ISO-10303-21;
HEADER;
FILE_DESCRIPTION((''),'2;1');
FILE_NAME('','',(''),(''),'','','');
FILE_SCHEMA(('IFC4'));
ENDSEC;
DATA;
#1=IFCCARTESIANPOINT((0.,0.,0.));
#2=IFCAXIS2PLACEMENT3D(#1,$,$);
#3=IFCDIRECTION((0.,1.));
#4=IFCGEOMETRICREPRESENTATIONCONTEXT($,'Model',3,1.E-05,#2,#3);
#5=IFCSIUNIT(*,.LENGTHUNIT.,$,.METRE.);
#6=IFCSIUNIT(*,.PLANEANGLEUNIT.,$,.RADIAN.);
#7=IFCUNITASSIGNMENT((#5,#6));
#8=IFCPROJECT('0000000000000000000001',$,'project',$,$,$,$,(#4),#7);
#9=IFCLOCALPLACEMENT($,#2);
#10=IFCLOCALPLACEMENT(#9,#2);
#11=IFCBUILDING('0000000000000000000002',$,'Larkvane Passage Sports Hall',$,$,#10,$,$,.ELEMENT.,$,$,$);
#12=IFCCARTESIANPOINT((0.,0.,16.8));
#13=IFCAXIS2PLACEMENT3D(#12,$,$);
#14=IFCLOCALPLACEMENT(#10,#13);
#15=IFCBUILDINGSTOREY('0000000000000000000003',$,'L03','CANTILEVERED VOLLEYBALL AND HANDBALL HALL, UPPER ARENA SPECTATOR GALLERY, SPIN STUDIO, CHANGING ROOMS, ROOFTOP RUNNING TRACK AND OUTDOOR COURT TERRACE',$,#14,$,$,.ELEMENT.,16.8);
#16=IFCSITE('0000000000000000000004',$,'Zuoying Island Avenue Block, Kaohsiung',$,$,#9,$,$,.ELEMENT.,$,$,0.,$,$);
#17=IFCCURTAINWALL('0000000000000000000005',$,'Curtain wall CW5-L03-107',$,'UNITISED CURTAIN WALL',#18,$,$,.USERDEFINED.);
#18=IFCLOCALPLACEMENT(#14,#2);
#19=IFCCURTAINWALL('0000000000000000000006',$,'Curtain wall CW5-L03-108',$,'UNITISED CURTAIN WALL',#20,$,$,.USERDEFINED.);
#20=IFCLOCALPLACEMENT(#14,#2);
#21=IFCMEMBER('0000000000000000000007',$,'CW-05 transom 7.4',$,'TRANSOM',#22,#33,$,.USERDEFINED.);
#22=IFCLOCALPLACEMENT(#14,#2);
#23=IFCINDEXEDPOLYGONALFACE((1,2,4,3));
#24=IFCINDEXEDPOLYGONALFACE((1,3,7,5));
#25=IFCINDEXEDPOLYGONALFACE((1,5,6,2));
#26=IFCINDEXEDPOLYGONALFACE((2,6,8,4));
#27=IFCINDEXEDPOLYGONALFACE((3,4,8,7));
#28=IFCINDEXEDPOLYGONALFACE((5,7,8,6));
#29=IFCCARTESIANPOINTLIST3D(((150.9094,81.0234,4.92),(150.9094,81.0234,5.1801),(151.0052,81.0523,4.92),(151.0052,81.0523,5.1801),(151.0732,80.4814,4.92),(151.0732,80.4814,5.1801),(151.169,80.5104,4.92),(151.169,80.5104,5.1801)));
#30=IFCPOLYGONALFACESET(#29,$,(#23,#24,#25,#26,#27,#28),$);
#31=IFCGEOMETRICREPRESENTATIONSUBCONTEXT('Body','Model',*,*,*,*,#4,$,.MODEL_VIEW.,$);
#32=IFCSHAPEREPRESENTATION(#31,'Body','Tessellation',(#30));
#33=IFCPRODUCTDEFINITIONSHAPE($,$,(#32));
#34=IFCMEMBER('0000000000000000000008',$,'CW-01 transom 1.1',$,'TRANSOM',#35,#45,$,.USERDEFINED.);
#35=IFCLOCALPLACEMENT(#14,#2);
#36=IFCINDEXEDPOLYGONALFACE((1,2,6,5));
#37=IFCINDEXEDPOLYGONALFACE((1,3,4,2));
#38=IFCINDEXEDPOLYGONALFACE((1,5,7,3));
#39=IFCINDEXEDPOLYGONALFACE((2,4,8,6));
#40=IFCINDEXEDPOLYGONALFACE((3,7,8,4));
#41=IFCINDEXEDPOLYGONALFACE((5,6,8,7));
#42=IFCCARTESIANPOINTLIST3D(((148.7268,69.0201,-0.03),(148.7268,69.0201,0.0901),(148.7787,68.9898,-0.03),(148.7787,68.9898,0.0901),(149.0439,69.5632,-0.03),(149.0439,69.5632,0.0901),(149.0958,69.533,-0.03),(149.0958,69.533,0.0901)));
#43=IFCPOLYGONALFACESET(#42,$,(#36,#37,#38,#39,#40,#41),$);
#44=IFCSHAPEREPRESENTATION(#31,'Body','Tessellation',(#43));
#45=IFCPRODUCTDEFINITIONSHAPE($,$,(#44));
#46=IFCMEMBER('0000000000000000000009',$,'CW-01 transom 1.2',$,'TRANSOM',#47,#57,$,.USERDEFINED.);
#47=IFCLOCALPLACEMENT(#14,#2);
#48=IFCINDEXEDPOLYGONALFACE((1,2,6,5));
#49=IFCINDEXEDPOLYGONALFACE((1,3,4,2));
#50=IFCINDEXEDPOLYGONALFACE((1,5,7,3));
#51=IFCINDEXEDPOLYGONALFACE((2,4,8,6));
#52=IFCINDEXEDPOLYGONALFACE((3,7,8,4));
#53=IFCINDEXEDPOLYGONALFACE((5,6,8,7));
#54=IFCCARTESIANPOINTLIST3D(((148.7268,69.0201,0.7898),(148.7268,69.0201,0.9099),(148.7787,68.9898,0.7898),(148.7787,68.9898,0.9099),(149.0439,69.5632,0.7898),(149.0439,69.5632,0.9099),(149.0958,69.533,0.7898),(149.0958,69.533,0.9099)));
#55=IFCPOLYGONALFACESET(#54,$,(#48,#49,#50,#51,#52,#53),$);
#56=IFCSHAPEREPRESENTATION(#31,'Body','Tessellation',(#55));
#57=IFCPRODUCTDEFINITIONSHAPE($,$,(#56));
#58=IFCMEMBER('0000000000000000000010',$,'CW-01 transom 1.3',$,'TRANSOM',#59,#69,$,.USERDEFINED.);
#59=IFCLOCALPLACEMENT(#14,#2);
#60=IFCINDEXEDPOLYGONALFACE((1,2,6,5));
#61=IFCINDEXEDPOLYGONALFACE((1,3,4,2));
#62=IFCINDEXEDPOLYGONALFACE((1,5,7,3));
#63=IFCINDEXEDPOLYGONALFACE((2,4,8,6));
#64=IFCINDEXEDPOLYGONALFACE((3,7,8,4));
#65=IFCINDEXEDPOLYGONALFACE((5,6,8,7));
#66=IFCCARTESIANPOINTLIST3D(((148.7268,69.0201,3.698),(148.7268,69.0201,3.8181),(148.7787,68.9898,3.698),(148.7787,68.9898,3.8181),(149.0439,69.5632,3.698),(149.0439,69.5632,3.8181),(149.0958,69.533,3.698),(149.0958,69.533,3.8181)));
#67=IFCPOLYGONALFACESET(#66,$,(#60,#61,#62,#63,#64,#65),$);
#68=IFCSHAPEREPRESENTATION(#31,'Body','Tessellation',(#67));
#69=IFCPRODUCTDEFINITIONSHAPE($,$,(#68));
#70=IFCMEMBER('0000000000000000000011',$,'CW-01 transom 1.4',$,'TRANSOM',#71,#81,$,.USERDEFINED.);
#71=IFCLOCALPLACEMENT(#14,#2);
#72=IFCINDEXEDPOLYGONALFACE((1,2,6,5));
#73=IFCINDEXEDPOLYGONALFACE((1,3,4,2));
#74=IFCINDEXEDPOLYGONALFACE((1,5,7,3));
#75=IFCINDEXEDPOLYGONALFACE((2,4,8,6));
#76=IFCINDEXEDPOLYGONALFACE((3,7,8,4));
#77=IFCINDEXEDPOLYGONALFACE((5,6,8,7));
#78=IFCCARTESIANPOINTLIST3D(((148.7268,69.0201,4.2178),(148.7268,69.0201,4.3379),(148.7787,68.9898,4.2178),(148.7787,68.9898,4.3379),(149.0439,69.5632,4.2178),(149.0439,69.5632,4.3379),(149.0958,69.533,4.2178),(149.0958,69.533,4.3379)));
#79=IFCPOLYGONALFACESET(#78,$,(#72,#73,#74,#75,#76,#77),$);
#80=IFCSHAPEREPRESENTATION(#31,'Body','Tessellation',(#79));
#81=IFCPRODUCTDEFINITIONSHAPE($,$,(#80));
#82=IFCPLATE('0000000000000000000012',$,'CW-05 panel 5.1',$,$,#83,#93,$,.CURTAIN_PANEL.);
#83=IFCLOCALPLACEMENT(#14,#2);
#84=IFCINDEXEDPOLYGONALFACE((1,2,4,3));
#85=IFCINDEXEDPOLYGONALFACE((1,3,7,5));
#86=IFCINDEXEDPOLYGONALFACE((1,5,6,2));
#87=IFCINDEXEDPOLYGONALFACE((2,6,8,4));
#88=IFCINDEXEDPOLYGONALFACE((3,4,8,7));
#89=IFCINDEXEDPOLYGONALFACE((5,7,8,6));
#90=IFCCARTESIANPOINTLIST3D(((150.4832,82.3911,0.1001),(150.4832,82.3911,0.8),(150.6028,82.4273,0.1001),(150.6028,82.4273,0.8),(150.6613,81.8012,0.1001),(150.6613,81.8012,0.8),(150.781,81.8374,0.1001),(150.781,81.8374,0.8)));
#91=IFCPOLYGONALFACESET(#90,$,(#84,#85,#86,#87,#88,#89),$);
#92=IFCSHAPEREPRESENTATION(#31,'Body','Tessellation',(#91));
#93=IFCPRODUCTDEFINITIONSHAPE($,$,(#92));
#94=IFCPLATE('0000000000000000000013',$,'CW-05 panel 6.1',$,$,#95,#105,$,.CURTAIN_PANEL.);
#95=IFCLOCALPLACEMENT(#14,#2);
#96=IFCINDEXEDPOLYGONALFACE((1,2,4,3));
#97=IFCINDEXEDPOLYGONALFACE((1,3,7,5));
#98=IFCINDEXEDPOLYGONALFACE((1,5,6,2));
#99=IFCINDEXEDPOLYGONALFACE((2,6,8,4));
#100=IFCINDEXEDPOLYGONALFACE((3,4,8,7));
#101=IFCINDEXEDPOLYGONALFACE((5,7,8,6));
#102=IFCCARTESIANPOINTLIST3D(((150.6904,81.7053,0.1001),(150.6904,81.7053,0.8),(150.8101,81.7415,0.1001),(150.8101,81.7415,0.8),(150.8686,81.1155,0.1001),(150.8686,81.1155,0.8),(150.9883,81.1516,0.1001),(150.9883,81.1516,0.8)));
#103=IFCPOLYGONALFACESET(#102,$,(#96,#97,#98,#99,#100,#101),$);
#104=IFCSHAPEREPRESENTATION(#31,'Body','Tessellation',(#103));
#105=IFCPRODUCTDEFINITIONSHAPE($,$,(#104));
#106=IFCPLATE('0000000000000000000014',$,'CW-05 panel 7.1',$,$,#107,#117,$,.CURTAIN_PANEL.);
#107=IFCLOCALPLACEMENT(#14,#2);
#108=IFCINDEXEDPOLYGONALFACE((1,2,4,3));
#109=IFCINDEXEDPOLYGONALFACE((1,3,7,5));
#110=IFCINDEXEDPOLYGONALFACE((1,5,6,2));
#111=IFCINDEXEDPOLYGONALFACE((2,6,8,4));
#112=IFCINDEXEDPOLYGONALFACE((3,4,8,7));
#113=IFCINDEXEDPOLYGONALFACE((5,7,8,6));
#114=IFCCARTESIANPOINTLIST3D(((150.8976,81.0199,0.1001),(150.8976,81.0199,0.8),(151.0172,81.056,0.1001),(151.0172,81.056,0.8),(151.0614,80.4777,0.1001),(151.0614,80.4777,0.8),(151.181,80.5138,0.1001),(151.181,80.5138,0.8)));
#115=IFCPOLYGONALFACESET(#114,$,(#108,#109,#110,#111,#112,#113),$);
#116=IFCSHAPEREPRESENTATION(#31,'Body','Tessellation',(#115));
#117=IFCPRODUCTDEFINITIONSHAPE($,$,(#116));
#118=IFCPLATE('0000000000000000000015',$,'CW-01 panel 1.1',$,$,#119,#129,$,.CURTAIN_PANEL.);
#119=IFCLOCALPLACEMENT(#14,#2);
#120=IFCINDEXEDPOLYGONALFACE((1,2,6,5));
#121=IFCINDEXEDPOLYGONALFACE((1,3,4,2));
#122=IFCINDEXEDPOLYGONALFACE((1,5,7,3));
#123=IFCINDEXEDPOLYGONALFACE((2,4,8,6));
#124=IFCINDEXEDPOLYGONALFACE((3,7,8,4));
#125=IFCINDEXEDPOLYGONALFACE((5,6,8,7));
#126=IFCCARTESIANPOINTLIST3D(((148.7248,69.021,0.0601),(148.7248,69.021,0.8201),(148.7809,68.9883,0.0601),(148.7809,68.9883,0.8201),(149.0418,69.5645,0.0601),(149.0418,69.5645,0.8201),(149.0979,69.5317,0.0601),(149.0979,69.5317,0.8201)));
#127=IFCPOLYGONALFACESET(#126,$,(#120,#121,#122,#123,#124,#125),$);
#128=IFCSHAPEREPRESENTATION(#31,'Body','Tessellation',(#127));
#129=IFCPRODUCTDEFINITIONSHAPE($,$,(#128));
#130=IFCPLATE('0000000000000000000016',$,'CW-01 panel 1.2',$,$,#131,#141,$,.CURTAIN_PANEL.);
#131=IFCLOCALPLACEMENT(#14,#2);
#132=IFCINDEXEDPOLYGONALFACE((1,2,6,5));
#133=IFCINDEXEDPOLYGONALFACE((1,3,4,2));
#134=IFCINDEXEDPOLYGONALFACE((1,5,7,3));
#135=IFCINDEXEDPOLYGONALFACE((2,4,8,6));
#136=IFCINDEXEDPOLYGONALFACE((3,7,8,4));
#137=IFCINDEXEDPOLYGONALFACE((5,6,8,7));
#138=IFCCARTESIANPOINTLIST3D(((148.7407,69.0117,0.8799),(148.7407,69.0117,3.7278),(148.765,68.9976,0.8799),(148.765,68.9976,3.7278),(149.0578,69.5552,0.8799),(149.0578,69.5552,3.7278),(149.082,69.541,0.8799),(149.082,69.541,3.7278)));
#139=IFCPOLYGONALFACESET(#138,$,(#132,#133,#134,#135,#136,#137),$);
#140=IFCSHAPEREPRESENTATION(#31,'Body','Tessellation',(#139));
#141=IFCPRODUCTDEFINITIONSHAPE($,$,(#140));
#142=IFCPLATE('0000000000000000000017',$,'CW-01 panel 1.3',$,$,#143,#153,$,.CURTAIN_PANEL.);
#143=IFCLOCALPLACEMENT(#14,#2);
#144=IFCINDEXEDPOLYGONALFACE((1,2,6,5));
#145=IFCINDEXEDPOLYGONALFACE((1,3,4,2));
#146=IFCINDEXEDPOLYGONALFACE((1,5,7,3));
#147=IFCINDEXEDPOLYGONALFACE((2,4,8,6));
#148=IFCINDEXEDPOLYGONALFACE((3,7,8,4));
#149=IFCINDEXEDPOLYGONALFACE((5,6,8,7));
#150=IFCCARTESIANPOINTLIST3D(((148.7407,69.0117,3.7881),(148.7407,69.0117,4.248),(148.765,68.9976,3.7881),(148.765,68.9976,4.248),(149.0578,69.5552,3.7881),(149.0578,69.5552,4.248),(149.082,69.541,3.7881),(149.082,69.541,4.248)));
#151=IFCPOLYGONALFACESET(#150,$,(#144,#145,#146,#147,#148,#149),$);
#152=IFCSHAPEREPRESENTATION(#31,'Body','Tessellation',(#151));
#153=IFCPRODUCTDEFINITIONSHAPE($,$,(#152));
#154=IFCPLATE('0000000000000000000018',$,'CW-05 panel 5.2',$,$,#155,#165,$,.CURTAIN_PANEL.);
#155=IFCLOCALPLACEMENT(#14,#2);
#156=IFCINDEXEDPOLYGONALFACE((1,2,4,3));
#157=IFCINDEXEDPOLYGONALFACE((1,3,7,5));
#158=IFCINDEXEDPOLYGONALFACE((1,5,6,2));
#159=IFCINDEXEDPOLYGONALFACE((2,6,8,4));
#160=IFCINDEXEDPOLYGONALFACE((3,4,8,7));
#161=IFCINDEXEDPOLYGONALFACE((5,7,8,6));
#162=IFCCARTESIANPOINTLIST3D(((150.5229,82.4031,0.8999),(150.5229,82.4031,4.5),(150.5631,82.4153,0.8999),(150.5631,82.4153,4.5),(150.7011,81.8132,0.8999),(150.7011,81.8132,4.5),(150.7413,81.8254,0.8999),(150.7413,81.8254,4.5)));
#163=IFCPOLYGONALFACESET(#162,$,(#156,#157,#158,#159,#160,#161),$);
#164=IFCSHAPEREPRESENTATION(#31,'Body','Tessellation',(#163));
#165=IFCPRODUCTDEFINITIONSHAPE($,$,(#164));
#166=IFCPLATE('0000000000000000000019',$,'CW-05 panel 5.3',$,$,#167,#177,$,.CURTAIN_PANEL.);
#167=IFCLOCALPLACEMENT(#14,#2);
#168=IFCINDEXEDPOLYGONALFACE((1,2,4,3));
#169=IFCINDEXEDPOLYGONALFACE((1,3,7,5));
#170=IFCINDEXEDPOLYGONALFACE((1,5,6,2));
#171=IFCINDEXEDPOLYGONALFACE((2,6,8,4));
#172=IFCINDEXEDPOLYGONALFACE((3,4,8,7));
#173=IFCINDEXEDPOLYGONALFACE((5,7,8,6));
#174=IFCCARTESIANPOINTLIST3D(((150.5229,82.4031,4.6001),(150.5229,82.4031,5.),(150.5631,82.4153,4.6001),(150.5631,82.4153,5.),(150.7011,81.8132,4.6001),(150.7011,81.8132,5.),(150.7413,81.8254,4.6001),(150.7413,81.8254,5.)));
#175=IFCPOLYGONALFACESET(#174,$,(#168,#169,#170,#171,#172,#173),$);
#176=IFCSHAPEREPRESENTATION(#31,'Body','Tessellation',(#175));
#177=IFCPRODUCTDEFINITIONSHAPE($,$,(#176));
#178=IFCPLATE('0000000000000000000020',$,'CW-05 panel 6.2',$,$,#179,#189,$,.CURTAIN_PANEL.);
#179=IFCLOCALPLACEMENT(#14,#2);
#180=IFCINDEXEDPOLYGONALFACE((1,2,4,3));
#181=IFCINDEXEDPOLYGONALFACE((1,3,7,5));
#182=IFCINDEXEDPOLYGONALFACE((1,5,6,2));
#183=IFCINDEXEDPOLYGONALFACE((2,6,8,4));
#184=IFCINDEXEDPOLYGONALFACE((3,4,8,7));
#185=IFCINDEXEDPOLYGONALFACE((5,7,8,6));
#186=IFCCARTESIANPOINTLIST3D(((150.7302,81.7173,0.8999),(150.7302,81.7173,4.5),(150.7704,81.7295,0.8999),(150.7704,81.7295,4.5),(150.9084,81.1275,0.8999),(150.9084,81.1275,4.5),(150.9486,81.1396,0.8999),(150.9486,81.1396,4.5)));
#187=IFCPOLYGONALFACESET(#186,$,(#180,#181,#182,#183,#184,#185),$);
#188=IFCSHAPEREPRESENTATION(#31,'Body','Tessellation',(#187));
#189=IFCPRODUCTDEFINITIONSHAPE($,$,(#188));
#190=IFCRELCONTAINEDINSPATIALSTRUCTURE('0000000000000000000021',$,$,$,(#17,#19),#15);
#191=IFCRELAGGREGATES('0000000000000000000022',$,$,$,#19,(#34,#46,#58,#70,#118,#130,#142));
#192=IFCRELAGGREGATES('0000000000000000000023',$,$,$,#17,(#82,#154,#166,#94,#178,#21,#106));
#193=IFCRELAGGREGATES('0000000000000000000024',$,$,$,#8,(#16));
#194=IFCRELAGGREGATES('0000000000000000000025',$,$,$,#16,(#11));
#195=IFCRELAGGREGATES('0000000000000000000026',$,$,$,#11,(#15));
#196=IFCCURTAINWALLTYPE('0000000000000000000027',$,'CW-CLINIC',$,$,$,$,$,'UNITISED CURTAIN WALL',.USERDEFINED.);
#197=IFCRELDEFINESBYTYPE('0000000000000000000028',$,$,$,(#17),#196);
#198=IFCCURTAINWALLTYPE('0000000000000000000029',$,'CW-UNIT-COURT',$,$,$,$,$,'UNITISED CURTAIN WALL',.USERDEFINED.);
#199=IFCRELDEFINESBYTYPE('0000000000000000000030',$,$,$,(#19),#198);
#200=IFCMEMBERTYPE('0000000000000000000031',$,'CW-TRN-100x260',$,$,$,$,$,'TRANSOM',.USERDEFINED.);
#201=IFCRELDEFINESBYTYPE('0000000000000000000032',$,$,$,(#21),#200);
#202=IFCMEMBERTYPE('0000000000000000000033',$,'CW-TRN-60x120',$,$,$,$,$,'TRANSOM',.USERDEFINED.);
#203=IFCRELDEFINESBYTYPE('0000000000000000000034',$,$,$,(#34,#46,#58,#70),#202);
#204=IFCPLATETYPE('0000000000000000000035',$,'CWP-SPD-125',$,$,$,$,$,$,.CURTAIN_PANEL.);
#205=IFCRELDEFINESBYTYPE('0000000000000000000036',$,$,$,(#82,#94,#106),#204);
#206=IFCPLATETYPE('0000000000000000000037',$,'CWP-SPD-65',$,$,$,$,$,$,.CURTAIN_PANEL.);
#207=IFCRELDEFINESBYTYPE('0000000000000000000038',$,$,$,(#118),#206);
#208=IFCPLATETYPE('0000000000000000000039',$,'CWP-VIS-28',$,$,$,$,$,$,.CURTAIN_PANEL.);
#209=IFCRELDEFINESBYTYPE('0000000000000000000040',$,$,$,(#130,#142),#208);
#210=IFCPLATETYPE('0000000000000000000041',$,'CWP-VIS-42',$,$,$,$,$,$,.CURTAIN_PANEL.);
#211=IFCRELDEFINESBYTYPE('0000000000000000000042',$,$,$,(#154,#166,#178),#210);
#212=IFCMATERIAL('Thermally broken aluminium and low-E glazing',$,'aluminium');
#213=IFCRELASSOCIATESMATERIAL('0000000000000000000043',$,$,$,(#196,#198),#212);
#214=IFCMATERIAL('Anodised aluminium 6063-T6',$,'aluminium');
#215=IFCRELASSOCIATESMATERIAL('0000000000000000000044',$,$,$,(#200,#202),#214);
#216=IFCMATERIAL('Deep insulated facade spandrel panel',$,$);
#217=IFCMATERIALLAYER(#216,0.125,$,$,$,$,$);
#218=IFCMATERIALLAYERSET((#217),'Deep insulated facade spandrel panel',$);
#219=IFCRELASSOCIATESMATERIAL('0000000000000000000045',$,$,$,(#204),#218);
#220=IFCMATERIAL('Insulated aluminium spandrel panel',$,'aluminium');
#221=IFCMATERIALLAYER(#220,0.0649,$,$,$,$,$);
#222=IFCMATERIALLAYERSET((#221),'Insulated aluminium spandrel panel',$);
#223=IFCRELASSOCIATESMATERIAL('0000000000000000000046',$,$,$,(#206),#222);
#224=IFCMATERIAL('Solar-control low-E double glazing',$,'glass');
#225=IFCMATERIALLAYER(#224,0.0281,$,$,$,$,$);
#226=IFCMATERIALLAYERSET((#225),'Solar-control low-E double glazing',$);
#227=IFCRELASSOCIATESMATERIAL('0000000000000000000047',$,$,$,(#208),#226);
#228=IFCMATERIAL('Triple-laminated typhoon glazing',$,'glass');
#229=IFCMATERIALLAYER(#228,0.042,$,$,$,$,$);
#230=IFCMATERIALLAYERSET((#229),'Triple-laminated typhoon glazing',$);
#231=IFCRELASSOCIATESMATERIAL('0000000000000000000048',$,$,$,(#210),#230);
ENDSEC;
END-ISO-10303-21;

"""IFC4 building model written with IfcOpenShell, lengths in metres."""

from ifc_helpers import new_model, si_unit, direction, frame, origin, origin_2d, place, context, subcontext, project, spatial, rectangle, extrude, material, layer, layer_set, material_profile, profile_set, type_object, element, aggregate, save


model = new_model("IFC4")

# Units and contexts
model_context = context("Model", 3, precision=1e-05, world=origin(), true_north=direction((0.0, 1.0)))
body_context = subcontext(model_context, "Body", "Model", "MODEL_VIEW")
ifc_project = project(units=[si_unit("LENGTHUNIT", "METRE"), si_unit("PLANEANGLEUNIT", "RADIAN")], contexts=[model_context])

# Site, building, storey
site_placement = place(None, origin())
site = spatial("IfcSite", under=ifc_project, at=site_placement, Name="Zuoying Island Avenue Block, Kaohsiung", CompositionType="ELEMENT", RefElevation=0.0)
building_placement = place(site_placement, origin())
building = spatial("IfcBuilding", under=site, at=building_placement, Name="Larkvane Passage Sports Hall", CompositionType="ELEMENT")
storey_placement = place(building_placement, frame((0.0, 0.0, 16.8)))
storey = spatial("IfcBuildingStorey", under=building, at=storey_placement, Name="L03", Description="CANTILEVERED VOLLEYBALL AND HANDBALL HALL, UPPER ARENA SPECTATOR GALLERY, SPIN STUDIO, CHANGING ROOMS, ROOFTOP RUNNING TRACK AND OUTDOOR COURT TERRACE", CompositionType="ELEMENT", Elevation=16.8)

# Curtain wall
ifc_material_1 = material(Name="Thermally broken aluminium and low-E glazing", Category="aluminium")
curtain_wall_type_1 = type_object("IfcCurtainWallType", Name="CW-CLINIC", ElementType="UNITISED CURTAIN WALL", PredefinedType="USERDEFINED", material=ifc_material_1)
curtain_wall_1_placement = place(storey_placement, origin())
curtain_wall_1 = element("IfcCurtainWall", 1, at=curtain_wall_1_placement, inside=storey, type_object=curtain_wall_type_1, Name="Curtain wall CW5-L03-107", ObjectType="UNITISED CURTAIN WALL", PredefinedType="USERDEFINED")
ifc_material_2 = material(Name="Anodised aluminium 6063-T6", Category="aluminium")

# Curtain wall
curtain_wall_type_2 = type_object("IfcCurtainWallType", Name="CW-UNIT-COURT", ElementType="UNITISED CURTAIN WALL", PredefinedType="USERDEFINED", material=ifc_material_1)
curtain_wall_2_placement = place(storey_placement, origin())
curtain_wall_2 = element("IfcCurtainWall", 2, at=curtain_wall_2_placement, inside=storey, type_object=curtain_wall_type_2, Name="Curtain wall CW5-L03-108", ObjectType="UNITISED CURTAIN WALL", PredefinedType="USERDEFINED")

# Members
ifc_material_profile_1 = material_profile(ifc_material_2, rectangle(XDim=0.1001, YDim=0.26, at=origin_2d()), Name="ALU-TRN-100x260")
ifc_profile_set_1 = profile_set([ifc_material_profile_1], Name="Anodised aluminium 6063-T6")
member_type_1 = type_object("IfcMemberType", Name="CW-TRN-100x260", ElementType="TRANSOM", PredefinedType="USERDEFINED", material=ifc_profile_set_1)
member_1_placement = place(storey_placement, frame((150.9573, 81.0378, 5.05), z_axis=(0.289325, -0.957231, 0.0), x_axis=(0.957231, 0.289325, 0.0)))
member_1 = element("IfcMember", 3, at=member_1_placement, type_object=member_type_1, Name="CW-05 transom 7.4", ObjectType="TRANSOM", PredefinedType="USERDEFINED", context=body_context, shape_type="SweptSolid", body=[
    extrude(rectangle(XDim=0.1001, YDim=0.26, at=origin_2d()), origin(), (0.0, 0.0, 1.0), 0.5662),
])
ifc_material_profile_2 = material_profile(ifc_material_2, rectangle(XDim=0.0601, YDim=0.1201, at=origin_2d()), Name="ALU-TRN-60x120")
ifc_profile_set_2 = profile_set([ifc_material_profile_2], Name="Anodised aluminium 6063-T6")
member_type_2 = type_object("IfcMemberType", Name="CW-TRN-60x120", ElementType="TRANSOM", PredefinedType="USERDEFINED", material=ifc_profile_set_2)
member_2_placement = place(storey_placement, frame((149.0698, 69.5481, 0.03), z_axis=(-0.504185, -0.863596, 0.0), x_axis=(0.863596, -0.504185, 0.0)))
member_2 = element("IfcMember", 4, at=member_2_placement, type_object=member_type_2, Name="CW-01 transom 1.1", ObjectType="TRANSOM", PredefinedType="USERDEFINED", context=body_context, shape_type="SweptSolid", body=[
    extrude(rectangle(XDim=0.0601, YDim=0.1201, at=origin_2d()), origin(), (0.0, 0.0, 1.0), 0.6289),
])
member_3_placement = place(storey_placement, frame((149.0698, 69.5481, 0.8499), z_axis=(-0.504185, -0.863596, 0.0), x_axis=(0.863596, -0.504185, 0.0)))
member_3 = element("IfcMember", 5, at=member_3_placement, type_object=member_type_2, Name="CW-01 transom 1.2", ObjectType="TRANSOM", PredefinedType="USERDEFINED", context=body_context, shape_type="SweptSolid", body=[
    extrude(rectangle(XDim=0.0601, YDim=0.1201, at=origin_2d()), origin(), (0.0, 0.0, 1.0), 0.6289),
])
member_4_placement = place(storey_placement, frame((149.0698, 69.5481, 3.7581), z_axis=(-0.504185, -0.863596, 0.0), x_axis=(0.863596, -0.504185, 0.0)))
member_4 = element("IfcMember", 6, at=member_4_placement, type_object=member_type_2, Name="CW-01 transom 1.3", ObjectType="TRANSOM", PredefinedType="USERDEFINED", context=body_context, shape_type="SweptSolid", body=[
    extrude(rectangle(XDim=0.0601, YDim=0.1201, at=origin_2d()), origin(), (0.0, 0.0, 1.0), 0.6289),
])
member_5_placement = place(storey_placement, frame((149.0698, 69.5481, 4.2778), z_axis=(-0.504185, -0.863596, 0.0), x_axis=(0.863596, -0.504185, 0.0)))
member_5 = element("IfcMember", 7, at=member_5_placement, type_object=member_type_2, Name="CW-01 transom 1.4", ObjectType="TRANSOM", PredefinedType="USERDEFINED", context=body_context, shape_type="SweptSolid", body=[
    extrude(rectangle(XDim=0.0601, YDim=0.1201, at=origin_2d()), origin(), (0.0, 0.0, 1.0), 0.6289),
])

# Plates
ifc_material_3 = material(Name="Deep insulated facade spandrel panel")
ifc_layer_1 = layer(ifc_material_3, 0.125)
ifc_layer_set_1 = layer_set([ifc_layer_1], Name="Deep insulated facade spandrel panel")
plate_type_1 = type_object("IfcPlateType", Name="CWP-SPD-125", PredefinedType="CURTAIN_PANEL", material=ifc_layer_set_1)
plate_1_placement = place(storey_placement, frame((150.6321, 82.1143, 0.1001), z_axis=(0.0, 0.0, 1.0), x_axis=(0.289177, -0.957276, 0.0)))
plate_1 = element("IfcPlate", 8, at=plate_1_placement, type_object=plate_type_1, Name="CW-05 panel 5.1", PredefinedType="CURTAIN_PANEL", context=body_context, shape_type="SweptSolid", body=[
    extrude(rectangle(XDim=0.6162, YDim=0.125, at=origin_2d()), origin(), (0.0, 0.0, 1.0), 0.7),
])
plate_2_placement = place(storey_placement, frame((150.8394, 81.4285, 0.1001), z_axis=(0.0, 0.0, 1.0), x_axis=(0.289177, -0.957276, 0.0)))
plate_2 = element("IfcPlate", 9, at=plate_2_placement, type_object=plate_type_1, Name="CW-05 panel 6.1", PredefinedType="CURTAIN_PANEL", context=body_context, shape_type="SweptSolid", body=[
    extrude(rectangle(XDim=0.6162, YDim=0.125, at=origin_2d()), origin(), (0.0, 0.0, 1.0), 0.7),
])
plate_3_placement = place(storey_placement, frame((151.0393, 80.7668, 0.1001), z_axis=(0.0, 0.0, 1.0), x_axis=(0.289177, -0.957276, 0.0)))
plate_3 = element("IfcPlate", 10, at=plate_3_placement, type_object=plate_type_1, Name="CW-05 panel 7.1", PredefinedType="CURTAIN_PANEL", context=body_context, shape_type="SweptSolid", body=[
    extrude(rectangle(XDim=0.5664, YDim=0.125, at=origin_2d()), origin(), (0.0, 0.0, 1.0), 0.7),
])
ifc_material_4 = material(Name="Insulated aluminium spandrel panel", Category="aluminium")
ifc_layer_2 = layer(ifc_material_4, 0.0649)
ifc_layer_set_2 = layer_set([ifc_layer_2], Name="Insulated aluminium spandrel panel")
plate_type_2 = type_object("IfcPlateType", Name="CWP-SPD-65", PredefinedType="CURTAIN_PANEL", material=ifc_layer_set_2)
plate_4_placement = place(storey_placement, frame((148.9114, 69.2764, 0.0601), z_axis=(0.0, 0.0, 1.0), x_axis=(-0.503867, -0.863781, 0.0)))
plate_4 = element("IfcPlate", 11, at=plate_4_placement, type_object=plate_type_2, Name="CW-01 panel 1.1", PredefinedType="CURTAIN_PANEL", context=body_context, shape_type="SweptSolid", body=[
    extrude(rectangle(XDim=0.6292, YDim=0.0649, at=origin_2d()), origin(), (0.0, 0.0, 1.0), 0.76),
])
ifc_material_5 = material(Name="Solar-control low-E double glazing", Category="glass")
ifc_layer_3 = layer(ifc_material_5, 0.0281)
ifc_layer_set_3 = layer_set([ifc_layer_3], Name="Solar-control low-E double glazing")
plate_type_3 = type_object("IfcPlateType", Name="CWP-VIS-28", PredefinedType="CURTAIN_PANEL", material=ifc_layer_set_3)
plate_5_placement = place(storey_placement, frame((148.9114, 69.2764, 0.8799), z_axis=(0.0, 0.0, 1.0), x_axis=(-0.503867, -0.863781, 0.0)))
plate_5 = element("IfcPlate", 12, at=plate_5_placement, type_object=plate_type_3, Name="CW-01 panel 1.2", PredefinedType="CURTAIN_PANEL", context=body_context, shape_type="SweptSolid", body=[
    extrude(rectangle(XDim=0.6292, YDim=0.0281, at=origin_2d()), origin(), (0.0, 0.0, 1.0), 2.8479),
])
plate_6_placement = place(storey_placement, frame((148.9114, 69.2764, 3.7881), z_axis=(0.0, 0.0, 1.0), x_axis=(-0.503867, -0.863781, 0.0)))
plate_6 = element("IfcPlate", 13, at=plate_6_placement, type_object=plate_type_3, Name="CW-01 panel 1.3", PredefinedType="CURTAIN_PANEL", context=body_context, shape_type="SweptSolid", body=[
    extrude(rectangle(XDim=0.6292, YDim=0.0281, at=origin_2d()), origin(), (0.0, 0.0, 1.0), 0.46),
])
aggregate(curtain_wall_2, [member_2, member_3, member_4, member_5, plate_4, plate_5, plate_6])
ifc_material_6 = material(Name="Triple-laminated typhoon glazing", Category="glass")
ifc_layer_4 = layer(ifc_material_6, 0.042)
ifc_layer_set_4 = layer_set([ifc_layer_4], Name="Triple-laminated typhoon glazing")
plate_type_4 = type_object("IfcPlateType", Name="CWP-VIS-42", PredefinedType="CURTAIN_PANEL", material=ifc_layer_set_4)
plate_7_placement = place(storey_placement, frame((150.6321, 82.1143, 0.8999), z_axis=(0.0, 0.0, 1.0), x_axis=(0.289177, -0.957276, 0.0)))
plate_7 = element("IfcPlate", 14, at=plate_7_placement, type_object=plate_type_4, Name="CW-05 panel 5.2", PredefinedType="CURTAIN_PANEL", context=body_context, shape_type="SweptSolid", body=[
    extrude(rectangle(XDim=0.6162, YDim=0.042, at=origin_2d()), origin(), (0.0, 0.0, 1.0), 3.6001),
])
plate_8_placement = place(storey_placement, frame((150.6321, 82.1143, 4.6001), z_axis=(0.0, 0.0, 1.0), x_axis=(0.289177, -0.957276, 0.0)))
plate_8 = element("IfcPlate", 15, at=plate_8_placement, type_object=plate_type_4, Name="CW-05 panel 5.3", PredefinedType="CURTAIN_PANEL", context=body_context, shape_type="SweptSolid", body=[
    extrude(rectangle(XDim=0.6162, YDim=0.042, at=origin_2d()), origin(), (0.0, 0.0, 1.0), 0.3999),
])
plate_9_placement = place(storey_placement, frame((150.8394, 81.4285, 0.8999), z_axis=(0.0, 0.0, 1.0), x_axis=(0.289177, -0.957276, 0.0)))
plate_9 = element("IfcPlate", 16, at=plate_9_placement, type_object=plate_type_4, Name="CW-05 panel 6.2", PredefinedType="CURTAIN_PANEL", context=body_context, shape_type="SweptSolid", body=[
    extrude(rectangle(XDim=0.6162, YDim=0.042, at=origin_2d()), origin(), (0.0, 0.0, 1.0), 3.6001),
])
aggregate(curtain_wall_1, [plate_1, plate_7, plate_8, plate_2, plate_9, member_1, plate_3])

save(model, "model.ifc")
